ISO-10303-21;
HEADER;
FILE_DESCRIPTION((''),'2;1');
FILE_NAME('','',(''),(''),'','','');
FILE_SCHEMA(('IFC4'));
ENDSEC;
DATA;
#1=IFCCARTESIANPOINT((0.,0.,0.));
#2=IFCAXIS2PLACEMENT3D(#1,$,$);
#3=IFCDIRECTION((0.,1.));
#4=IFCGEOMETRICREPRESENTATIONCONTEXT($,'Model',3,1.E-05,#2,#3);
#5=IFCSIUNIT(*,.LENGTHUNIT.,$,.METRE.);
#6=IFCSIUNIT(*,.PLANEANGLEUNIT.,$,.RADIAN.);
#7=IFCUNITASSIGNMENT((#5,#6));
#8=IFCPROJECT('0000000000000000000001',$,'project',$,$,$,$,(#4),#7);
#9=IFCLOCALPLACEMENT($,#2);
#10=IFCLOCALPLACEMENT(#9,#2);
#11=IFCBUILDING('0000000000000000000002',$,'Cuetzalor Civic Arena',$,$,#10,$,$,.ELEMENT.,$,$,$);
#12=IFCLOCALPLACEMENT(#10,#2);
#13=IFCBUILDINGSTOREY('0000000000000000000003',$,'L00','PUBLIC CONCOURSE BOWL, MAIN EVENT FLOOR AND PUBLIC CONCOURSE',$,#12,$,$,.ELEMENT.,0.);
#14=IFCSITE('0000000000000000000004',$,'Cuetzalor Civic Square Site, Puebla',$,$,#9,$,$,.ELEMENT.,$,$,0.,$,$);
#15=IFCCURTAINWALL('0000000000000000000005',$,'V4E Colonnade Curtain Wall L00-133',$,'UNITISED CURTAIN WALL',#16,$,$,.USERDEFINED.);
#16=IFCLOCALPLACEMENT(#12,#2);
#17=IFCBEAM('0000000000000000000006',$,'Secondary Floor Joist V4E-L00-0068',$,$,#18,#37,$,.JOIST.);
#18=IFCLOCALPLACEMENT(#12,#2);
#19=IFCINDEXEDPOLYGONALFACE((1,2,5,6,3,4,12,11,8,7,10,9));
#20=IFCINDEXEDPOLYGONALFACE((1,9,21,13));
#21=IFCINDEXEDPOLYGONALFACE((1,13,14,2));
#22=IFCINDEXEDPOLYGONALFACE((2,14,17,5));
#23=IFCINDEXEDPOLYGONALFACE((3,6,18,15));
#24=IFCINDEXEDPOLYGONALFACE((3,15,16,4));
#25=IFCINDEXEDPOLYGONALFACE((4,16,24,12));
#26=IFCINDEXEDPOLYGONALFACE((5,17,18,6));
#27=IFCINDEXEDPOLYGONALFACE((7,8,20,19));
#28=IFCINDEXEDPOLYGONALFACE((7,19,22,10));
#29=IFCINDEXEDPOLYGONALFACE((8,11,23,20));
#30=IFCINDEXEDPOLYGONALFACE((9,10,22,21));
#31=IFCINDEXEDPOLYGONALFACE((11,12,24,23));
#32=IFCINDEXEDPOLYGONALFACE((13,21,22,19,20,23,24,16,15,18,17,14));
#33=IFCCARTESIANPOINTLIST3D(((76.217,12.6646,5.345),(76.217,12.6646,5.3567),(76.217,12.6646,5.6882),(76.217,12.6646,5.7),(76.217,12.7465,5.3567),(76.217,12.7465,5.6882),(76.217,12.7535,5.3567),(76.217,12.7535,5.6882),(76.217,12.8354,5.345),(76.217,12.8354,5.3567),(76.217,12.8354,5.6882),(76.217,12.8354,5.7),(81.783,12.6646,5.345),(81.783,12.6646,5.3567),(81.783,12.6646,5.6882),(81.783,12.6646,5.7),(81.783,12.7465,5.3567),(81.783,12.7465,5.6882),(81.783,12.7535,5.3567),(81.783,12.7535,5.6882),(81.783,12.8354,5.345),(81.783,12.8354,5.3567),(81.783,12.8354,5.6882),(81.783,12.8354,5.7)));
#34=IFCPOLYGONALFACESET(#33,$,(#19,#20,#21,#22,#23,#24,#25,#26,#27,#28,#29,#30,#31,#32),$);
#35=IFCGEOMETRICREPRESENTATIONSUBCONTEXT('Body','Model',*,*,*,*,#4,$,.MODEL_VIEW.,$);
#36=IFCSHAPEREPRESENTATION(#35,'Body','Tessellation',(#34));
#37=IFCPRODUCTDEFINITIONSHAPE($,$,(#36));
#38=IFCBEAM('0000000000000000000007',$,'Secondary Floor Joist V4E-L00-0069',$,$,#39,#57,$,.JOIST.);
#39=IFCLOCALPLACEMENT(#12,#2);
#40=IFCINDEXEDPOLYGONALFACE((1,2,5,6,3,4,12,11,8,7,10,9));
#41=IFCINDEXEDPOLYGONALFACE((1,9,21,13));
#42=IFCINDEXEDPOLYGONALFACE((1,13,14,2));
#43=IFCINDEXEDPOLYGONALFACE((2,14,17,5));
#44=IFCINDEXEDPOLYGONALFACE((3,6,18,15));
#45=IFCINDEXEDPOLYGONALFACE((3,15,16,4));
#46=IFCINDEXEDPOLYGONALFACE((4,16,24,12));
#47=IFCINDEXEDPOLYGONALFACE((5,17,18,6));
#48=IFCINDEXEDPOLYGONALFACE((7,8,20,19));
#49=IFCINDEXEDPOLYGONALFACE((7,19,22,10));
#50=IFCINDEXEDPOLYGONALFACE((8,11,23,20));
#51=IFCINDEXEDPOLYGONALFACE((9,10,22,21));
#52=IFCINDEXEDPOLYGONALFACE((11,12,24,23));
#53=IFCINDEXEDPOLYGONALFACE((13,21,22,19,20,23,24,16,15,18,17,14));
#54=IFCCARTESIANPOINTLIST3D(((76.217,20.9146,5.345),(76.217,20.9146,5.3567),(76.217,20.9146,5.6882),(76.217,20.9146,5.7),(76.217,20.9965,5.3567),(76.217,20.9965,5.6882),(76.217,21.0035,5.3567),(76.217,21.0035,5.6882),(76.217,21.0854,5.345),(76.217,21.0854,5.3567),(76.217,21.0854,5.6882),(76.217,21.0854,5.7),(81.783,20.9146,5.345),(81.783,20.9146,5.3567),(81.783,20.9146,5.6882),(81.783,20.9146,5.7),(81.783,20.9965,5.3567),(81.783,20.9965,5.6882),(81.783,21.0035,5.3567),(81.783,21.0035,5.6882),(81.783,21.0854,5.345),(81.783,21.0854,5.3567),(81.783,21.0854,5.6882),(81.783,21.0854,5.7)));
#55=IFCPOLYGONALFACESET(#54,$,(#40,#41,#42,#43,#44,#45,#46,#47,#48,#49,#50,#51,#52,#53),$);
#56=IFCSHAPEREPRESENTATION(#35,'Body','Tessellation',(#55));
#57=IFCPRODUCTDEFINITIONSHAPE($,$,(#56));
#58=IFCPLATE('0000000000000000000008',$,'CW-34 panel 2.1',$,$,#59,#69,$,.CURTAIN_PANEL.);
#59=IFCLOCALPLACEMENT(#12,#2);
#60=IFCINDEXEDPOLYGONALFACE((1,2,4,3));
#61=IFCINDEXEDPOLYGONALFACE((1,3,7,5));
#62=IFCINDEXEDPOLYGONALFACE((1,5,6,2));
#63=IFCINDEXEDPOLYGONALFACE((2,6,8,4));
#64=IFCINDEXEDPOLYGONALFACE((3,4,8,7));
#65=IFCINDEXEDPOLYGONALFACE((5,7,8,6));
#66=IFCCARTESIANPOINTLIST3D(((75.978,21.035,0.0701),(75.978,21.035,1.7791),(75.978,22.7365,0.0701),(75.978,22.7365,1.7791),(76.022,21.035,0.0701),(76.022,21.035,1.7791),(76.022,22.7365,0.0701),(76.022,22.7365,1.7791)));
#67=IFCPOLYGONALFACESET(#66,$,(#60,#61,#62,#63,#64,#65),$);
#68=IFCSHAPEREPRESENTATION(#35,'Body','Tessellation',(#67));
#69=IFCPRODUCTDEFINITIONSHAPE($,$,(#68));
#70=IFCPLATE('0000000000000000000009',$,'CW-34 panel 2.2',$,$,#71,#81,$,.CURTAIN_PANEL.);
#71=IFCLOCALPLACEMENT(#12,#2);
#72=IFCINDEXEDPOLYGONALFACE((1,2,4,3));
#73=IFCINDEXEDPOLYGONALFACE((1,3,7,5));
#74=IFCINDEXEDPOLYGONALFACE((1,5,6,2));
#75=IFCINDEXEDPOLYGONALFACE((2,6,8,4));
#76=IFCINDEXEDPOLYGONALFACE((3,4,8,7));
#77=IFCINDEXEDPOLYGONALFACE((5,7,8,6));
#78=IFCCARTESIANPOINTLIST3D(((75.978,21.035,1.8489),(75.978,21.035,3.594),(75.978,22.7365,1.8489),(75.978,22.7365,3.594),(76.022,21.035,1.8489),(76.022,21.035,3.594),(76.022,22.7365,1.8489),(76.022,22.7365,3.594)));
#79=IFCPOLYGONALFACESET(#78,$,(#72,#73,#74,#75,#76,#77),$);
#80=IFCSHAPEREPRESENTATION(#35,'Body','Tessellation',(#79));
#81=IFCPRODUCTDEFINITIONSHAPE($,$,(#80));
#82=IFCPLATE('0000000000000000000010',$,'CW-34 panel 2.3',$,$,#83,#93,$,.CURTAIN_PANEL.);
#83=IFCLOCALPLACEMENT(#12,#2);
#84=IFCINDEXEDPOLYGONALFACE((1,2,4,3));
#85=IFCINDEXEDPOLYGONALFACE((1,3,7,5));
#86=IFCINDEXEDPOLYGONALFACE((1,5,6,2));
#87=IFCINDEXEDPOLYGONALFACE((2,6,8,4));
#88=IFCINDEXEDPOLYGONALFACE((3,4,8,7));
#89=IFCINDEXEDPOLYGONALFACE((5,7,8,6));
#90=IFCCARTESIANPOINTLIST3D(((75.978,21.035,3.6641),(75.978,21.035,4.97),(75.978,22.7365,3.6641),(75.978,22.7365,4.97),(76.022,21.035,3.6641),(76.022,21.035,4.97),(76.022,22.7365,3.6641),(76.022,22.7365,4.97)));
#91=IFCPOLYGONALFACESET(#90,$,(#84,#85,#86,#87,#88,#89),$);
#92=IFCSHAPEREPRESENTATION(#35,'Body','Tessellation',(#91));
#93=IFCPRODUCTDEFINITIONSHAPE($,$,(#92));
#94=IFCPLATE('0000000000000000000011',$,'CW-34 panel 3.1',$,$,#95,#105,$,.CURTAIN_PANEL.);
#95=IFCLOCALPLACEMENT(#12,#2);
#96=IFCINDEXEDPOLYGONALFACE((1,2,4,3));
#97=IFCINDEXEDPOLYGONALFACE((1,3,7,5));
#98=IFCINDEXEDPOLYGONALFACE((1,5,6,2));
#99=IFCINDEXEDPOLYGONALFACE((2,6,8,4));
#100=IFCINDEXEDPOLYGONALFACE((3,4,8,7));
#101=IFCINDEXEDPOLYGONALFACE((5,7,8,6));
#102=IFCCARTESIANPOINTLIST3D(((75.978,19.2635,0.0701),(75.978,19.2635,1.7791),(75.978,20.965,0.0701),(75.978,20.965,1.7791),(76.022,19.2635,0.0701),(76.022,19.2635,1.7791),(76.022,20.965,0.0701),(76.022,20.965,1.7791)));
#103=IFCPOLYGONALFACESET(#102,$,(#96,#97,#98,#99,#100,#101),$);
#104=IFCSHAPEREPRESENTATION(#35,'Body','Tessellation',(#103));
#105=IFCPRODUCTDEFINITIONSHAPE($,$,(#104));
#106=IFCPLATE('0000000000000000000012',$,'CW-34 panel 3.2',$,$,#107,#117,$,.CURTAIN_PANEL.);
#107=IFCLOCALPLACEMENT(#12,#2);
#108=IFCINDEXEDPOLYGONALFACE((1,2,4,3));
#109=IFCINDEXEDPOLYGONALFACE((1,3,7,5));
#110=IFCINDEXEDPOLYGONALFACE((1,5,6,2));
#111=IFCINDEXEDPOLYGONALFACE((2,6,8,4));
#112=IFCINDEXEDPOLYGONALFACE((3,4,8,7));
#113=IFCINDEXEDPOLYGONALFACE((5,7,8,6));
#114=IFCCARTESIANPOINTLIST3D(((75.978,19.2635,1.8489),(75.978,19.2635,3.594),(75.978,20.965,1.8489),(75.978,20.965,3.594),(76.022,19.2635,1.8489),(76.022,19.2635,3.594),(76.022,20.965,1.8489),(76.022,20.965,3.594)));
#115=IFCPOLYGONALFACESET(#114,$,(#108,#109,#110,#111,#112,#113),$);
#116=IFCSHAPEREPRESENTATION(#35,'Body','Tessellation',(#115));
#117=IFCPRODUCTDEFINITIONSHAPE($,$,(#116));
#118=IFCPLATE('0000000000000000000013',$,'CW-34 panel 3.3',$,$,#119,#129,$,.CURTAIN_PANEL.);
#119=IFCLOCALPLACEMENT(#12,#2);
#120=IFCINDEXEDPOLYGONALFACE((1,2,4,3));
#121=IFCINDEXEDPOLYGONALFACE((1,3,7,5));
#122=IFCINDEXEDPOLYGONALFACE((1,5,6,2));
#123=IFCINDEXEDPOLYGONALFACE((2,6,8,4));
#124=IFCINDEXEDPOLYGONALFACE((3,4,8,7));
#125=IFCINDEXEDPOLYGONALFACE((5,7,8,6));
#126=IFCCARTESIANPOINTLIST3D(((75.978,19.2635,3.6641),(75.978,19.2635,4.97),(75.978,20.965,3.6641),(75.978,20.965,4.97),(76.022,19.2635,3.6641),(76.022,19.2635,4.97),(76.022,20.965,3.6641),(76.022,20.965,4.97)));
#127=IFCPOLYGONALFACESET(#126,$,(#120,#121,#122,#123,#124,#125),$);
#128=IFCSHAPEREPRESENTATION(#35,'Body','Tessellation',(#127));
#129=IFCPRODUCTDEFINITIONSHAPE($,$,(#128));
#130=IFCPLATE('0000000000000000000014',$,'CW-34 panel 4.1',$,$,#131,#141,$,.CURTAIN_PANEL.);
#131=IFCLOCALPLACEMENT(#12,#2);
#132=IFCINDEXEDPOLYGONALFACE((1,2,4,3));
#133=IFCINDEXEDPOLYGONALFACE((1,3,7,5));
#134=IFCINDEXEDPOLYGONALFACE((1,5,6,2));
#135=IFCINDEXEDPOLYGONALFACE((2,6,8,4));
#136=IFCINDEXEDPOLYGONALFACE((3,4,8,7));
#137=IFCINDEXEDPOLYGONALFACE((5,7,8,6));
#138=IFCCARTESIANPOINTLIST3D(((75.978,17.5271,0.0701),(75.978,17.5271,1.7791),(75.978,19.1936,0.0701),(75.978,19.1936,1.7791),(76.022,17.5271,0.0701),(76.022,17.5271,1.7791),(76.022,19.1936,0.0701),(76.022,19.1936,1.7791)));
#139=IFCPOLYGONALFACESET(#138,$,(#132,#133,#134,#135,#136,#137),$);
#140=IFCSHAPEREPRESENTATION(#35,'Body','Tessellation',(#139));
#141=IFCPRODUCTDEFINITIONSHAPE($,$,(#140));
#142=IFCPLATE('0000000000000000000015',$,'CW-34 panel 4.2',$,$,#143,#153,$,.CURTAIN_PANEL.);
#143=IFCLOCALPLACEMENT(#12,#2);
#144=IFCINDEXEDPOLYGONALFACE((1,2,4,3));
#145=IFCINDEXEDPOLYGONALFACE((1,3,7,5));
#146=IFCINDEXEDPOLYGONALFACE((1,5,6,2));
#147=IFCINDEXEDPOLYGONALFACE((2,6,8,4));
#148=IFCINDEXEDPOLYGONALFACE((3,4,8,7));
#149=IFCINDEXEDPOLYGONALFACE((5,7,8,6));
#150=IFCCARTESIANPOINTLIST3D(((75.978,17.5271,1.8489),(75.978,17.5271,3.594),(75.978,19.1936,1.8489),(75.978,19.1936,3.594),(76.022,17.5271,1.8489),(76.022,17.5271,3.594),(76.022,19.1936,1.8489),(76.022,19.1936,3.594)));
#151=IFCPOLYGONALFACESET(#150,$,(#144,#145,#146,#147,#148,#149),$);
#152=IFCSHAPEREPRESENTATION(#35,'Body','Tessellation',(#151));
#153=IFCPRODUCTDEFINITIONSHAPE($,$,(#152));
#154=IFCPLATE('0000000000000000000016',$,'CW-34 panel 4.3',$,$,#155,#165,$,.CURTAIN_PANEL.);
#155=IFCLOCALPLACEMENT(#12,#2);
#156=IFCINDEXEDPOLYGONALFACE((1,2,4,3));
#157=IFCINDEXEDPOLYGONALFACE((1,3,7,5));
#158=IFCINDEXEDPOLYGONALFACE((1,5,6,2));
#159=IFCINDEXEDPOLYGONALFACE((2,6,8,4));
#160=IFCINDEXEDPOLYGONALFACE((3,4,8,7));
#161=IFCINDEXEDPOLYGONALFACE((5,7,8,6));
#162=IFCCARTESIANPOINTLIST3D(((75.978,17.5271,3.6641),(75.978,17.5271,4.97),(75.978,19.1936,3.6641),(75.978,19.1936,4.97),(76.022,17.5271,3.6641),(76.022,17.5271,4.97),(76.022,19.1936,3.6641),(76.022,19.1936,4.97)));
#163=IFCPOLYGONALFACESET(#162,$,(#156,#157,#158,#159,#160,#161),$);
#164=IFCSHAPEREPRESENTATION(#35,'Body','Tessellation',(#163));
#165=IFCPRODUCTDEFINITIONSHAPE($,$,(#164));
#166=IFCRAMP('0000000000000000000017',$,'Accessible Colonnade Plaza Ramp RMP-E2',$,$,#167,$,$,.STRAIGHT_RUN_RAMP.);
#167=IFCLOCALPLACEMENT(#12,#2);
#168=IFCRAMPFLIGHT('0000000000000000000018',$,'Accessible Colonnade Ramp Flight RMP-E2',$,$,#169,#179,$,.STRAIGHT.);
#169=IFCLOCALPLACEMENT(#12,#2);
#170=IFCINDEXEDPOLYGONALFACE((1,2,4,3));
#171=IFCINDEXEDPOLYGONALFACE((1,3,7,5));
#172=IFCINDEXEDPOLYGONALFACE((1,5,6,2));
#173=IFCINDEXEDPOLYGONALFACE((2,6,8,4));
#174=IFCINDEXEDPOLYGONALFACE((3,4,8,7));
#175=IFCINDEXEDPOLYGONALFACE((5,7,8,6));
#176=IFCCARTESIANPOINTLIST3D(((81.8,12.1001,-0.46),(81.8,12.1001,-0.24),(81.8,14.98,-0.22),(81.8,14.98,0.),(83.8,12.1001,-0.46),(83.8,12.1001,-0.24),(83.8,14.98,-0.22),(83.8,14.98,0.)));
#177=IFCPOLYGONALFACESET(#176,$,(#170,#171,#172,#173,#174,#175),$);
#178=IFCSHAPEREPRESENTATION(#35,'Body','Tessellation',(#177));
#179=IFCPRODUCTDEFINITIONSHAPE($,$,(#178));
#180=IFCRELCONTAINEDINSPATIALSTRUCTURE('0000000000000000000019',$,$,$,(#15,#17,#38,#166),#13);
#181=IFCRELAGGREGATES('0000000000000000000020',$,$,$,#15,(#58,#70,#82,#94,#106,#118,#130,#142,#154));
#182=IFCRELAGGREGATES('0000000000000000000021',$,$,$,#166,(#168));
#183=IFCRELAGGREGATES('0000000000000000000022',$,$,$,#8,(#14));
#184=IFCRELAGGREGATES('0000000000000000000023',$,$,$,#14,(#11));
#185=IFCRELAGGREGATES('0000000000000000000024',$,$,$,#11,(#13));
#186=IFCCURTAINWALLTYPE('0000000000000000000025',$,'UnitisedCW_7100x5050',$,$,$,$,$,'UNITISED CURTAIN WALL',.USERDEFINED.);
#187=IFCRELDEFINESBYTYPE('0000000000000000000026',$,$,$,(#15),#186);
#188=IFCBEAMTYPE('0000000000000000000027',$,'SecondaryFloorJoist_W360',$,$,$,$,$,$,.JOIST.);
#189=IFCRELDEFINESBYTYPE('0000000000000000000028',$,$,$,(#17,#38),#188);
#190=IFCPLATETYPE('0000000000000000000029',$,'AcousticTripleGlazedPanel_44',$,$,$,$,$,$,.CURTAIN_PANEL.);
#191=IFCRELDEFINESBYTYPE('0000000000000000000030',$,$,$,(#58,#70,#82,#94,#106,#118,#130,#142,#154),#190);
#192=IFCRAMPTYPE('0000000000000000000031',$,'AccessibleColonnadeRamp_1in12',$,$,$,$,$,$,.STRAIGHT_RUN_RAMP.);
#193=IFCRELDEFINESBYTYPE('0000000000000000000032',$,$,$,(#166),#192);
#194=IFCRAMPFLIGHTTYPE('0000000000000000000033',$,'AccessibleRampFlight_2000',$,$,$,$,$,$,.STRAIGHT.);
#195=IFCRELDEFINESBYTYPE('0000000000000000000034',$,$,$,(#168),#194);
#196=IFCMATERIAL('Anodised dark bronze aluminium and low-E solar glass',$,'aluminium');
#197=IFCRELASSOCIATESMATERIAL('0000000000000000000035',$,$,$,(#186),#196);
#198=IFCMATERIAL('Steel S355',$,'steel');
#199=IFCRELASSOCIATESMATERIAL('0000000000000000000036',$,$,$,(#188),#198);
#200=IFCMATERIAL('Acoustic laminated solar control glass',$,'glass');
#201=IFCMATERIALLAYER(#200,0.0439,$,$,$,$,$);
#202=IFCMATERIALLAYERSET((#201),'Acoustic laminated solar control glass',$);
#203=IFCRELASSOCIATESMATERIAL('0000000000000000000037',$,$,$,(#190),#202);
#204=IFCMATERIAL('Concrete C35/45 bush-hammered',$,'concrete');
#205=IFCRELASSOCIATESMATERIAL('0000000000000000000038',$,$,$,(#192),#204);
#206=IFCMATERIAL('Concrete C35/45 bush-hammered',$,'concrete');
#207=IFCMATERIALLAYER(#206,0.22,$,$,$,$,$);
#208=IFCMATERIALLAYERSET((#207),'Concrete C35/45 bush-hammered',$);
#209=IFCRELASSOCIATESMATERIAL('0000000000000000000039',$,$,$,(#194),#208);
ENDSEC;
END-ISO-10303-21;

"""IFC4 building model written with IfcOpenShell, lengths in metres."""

from ifc_helpers import new_model, si_unit, direction, frame, origin, origin_2d, place, context, subcontext, project, spatial, polyline, rectangle, i_section, outline, extrude, material, layer, layer_set, material_profile, profile_set, type_object, element, aggregate, save


model = new_model("IFC4")

# Units and contexts
model_context = context("Model", 3, precision=1e-05, world=origin(), true_north=direction((0.0, 1.0)))
body_context = subcontext(model_context, "Body", "Model", "MODEL_VIEW")
ifc_project = project(units=[si_unit("LENGTHUNIT", "METRE"), si_unit("PLANEANGLEUNIT", "RADIAN")], contexts=[model_context])

# Site, building, storey
site_placement = place(None, origin())
site = spatial("IfcSite", under=ifc_project, at=site_placement, Name="Cuetzalor Civic Square Site, Puebla", CompositionType="ELEMENT", RefElevation=0.0)
building_placement = place(site_placement, origin())
building = spatial("IfcBuilding", under=site, at=building_placement, Name="Cuetzalor Civic Arena", CompositionType="ELEMENT")
storey_placement = place(building_placement, origin())
storey = spatial("IfcBuildingStorey", under=building, at=storey_placement, Name="L00", Description="PUBLIC CONCOURSE BOWL, MAIN EVENT FLOOR AND PUBLIC CONCOURSE", CompositionType="ELEMENT", Elevation=0.0)

# Curtain wall
ifc_material_1 = material(Name="Anodised dark bronze aluminium and low-E solar glass", Category="aluminium")
curtain_wall_type = type_object("IfcCurtainWallType", Name="UnitisedCW_7100x5050", ElementType="UNITISED CURTAIN WALL", PredefinedType="USERDEFINED", material=ifc_material_1)
curtain_wall_placement = place(storey_placement, origin())
curtain_wall = element("IfcCurtainWall", 1, at=curtain_wall_placement, inside=storey, type_object=curtain_wall_type, Name="V4E Colonnade Curtain Wall L00-133", ObjectType="UNITISED CURTAIN WALL", PredefinedType="USERDEFINED")

# Beams
ifc_material_2 = material(Name="Steel S355", Category="steel")
ifc_material_profile_1 = material_profile(ifc_material_2, i_section(OverallWidth=0.1709, OverallDepth=0.355, WebThickness=0.0071, FlangeThickness=0.0117, at=origin_2d()), Name="W360x51")
ifc_profile_set_1 = profile_set([ifc_material_profile_1], Name="Steel S355")
beam_type_1 = type_object("IfcBeamType", Name="SecondaryFloorJoist_W360", PredefinedType="JOIST", material=ifc_profile_set_1)
for number, where, z_axis, x_axis, name in (
    (2, (76.217, 12.75, 5.5225), (1.0, 0.0, 0.0), (0.0, 1.0, 0.0), "Secondary Floor Joist V4E-L00-0068"),
    (3, (76.217, 21.0, 5.5225), (1.0, 0.0, 0.0), (0.0, 1.0, 0.0), "Secondary Floor Joist V4E-L00-0069"),
):
    element("IfcBeam", number, at=place(storey_placement, frame(where, z_axis=z_axis, x_axis=x_axis)), inside=storey, type_object=beam_type_1, Name=name, PredefinedType="JOIST", context=body_context, shape_type="SweptSolid", body=[
        extrude(i_section(OverallWidth=0.1709, OverallDepth=0.355, WebThickness=0.0071, FlangeThickness=0.0117, at=origin_2d()), origin(), (0.0, 0.0, 1.0), 5.5659),
    ])

# Plates
ifc_material_3 = material(Name="Acoustic laminated solar control glass", Category="glass")
ifc_layer_1 = layer(ifc_material_3, 0.0439)
ifc_layer_set_1 = layer_set([ifc_layer_1], Name="Acoustic laminated solar control glass")
plate_type = type_object("IfcPlateType", Name="AcousticTripleGlazedPanel_44", PredefinedType="CURTAIN_PANEL", material=ifc_layer_set_1)
plate_1_placement = place(storey_placement, frame((76.0, 21.8857, 0.0701), z_axis=(0.0, 0.0, 1.0), x_axis=(0.0, -1.0, 0.0)))
plate_1 = element("IfcPlate", 4, at=plate_1_placement, type_object=plate_type, Name="CW-34 panel 2.1", PredefinedType="CURTAIN_PANEL", context=body_context, shape_type="SweptSolid", body=[
    extrude(rectangle(XDim=1.7014, YDim=0.0439, at=origin_2d()), origin(), (0.0, 0.0, 1.0), 1.709),
])
plate_2_placement = place(storey_placement, frame((76.0, 21.8857, 1.8489), z_axis=(0.0, 0.0, 1.0), x_axis=(0.0, -1.0, 0.0)))
plate_2 = element("IfcPlate", 5, at=plate_2_placement, type_object=plate_type, Name="CW-34 panel 2.2", PredefinedType="CURTAIN_PANEL", context=body_context, shape_type="SweptSolid", body=[
    extrude(rectangle(XDim=1.7014, YDim=0.0439, at=origin_2d()), origin(), (0.0, 0.0, 1.0), 1.7451),
])
plate_3_placement = place(storey_placement, frame((76.0, 21.8857, 3.6641), z_axis=(0.0, 0.0, 1.0), x_axis=(0.0, -1.0, 0.0)))
plate_3 = element("IfcPlate", 6, at=plate_3_placement, type_object=plate_type, Name="CW-34 panel 2.3", PredefinedType="CURTAIN_PANEL", context=body_context, shape_type="SweptSolid", body=[
    extrude(rectangle(XDim=1.7014, YDim=0.0439, at=origin_2d()), origin(), (0.0, 0.0, 1.0), 1.3059),
])
plate_4_placement = place(storey_placement, frame((76.0, 20.1143, 0.0701), z_axis=(0.0, 0.0, 1.0), x_axis=(0.0, -1.0, 0.0)))
plate_4 = element("IfcPlate", 7, at=plate_4_placement, type_object=plate_type, Name="CW-34 panel 3.1", PredefinedType="CURTAIN_PANEL", context=body_context, shape_type="SweptSolid", body=[
    extrude(rectangle(XDim=1.7014, YDim=0.0439, at=origin_2d()), origin(), (0.0, 0.0, 1.0), 1.709),
])
plate_5_placement = place(storey_placement, frame((76.0, 20.1143, 1.8489), z_axis=(0.0, 0.0, 1.0), x_axis=(0.0, -1.0, 0.0)))
plate_5 = element("IfcPlate", 8, at=plate_5_placement, type_object=plate_type, Name="CW-34 panel 3.2", PredefinedType="CURTAIN_PANEL", context=body_context, shape_type="SweptSolid", body=[
    extrude(rectangle(XDim=1.7014, YDim=0.0439, at=origin_2d()), origin(), (0.0, 0.0, 1.0), 1.7451),
])
plate_6_placement = place(storey_placement, frame((76.0, 20.1143, 3.6641), z_axis=(0.0, 0.0, 1.0), x_axis=(0.0, -1.0, 0.0)))
plate_6 = element("IfcPlate", 9, at=plate_6_placement, type_object=plate_type, Name="CW-34 panel 3.3", PredefinedType="CURTAIN_PANEL", context=body_context, shape_type="SweptSolid", body=[
    extrude(rectangle(XDim=1.7014, YDim=0.0439, at=origin_2d()), origin(), (0.0, 0.0, 1.0), 1.3059),
])
plate_7_placement = place(storey_placement, frame((76.0, 18.3604, 0.0701), z_axis=(0.0, 0.0, 1.0), x_axis=(0.0, -1.0, 0.0)))
plate_7 = element("IfcPlate", 10, at=plate_7_placement, type_object=plate_type, Name="CW-34 panel 4.1", PredefinedType="CURTAIN_PANEL", context=body_context, shape_type="SweptSolid", body=[
    extrude(rectangle(XDim=1.6665, YDim=0.0439, at=origin_2d()), origin(), (0.0, 0.0, 1.0), 1.709),
])
plate_8_placement = place(storey_placement, frame((76.0, 18.3604, 1.8489), z_axis=(0.0, 0.0, 1.0), x_axis=(0.0, -1.0, 0.0)))
plate_8 = element("IfcPlate", 11, at=plate_8_placement, type_object=plate_type, Name="CW-34 panel 4.2", PredefinedType="CURTAIN_PANEL", context=body_context, shape_type="SweptSolid", body=[
    extrude(rectangle(XDim=1.6665, YDim=0.0439, at=origin_2d()), origin(), (0.0, 0.0, 1.0), 1.7451),
])
plate_9_placement = place(storey_placement, frame((76.0, 18.3604, 3.6641), z_axis=(0.0, 0.0, 1.0), x_axis=(0.0, -1.0, 0.0)))
plate_9 = element("IfcPlate", 12, at=plate_9_placement, type_object=plate_type, Name="CW-34 panel 4.3", PredefinedType="CURTAIN_PANEL", context=body_context, shape_type="SweptSolid", body=[
    extrude(rectangle(XDim=1.6665, YDim=0.0439, at=origin_2d()), origin(), (0.0, 0.0, 1.0), 1.3059),
])
aggregate(curtain_wall, [plate_1, plate_2, plate_3, plate_4, plate_5, plate_6, plate_7, plate_8, plate_9])

# Ramp, ramp flight
ifc_material_4 = material(Name="Concrete C35/45 bush-hammered", Category="concrete")
ramp_type = type_object("IfcRampType", Name="AccessibleColonnadeRamp_1in12", PredefinedType="STRAIGHT_RUN_RAMP", material=ifc_material_4)
ramp_placement = place(storey_placement, origin())
ramp = element("IfcRamp", 13, at=ramp_placement, inside=storey, type_object=ramp_type, Name="Accessible Colonnade Plaza Ramp RMP-E2", PredefinedType="STRAIGHT_RUN_RAMP")
ifc_material_5 = material(Name="Concrete C35/45 bush-hammered", Category="concrete")
ifc_layer_2 = layer(ifc_material_5, 0.22)
ifc_layer_set_2 = layer_set([ifc_layer_2], Name="Concrete C35/45 bush-hammered")
ramp_flight_type = type_object("IfcRampFlightType", Name="AccessibleRampFlight_2000", PredefinedType="STRAIGHT", material=ifc_layer_set_2)
ramp_flight_placement = place(storey_placement, frame((82.8, 12.1001, -0.24), z_axis=(0.0, 0.0, 1.0), x_axis=(0.0, 1.0, 0.0)))
ramp_flight = element("IfcRampFlight", 14, at=ramp_flight_placement, type_object=ramp_flight_type, Name="Accessible Colonnade Ramp Flight RMP-E2", PredefinedType="STRAIGHT", context=body_context, shape_type="SweptSolid", body=[
    extrude(outline(polyline([(0.0, 0.0), (2.8799, 0.24), (2.8799, 0.02), (0.0, -0.22), (0.0, 0.0)])), frame((0.0, 1.0, 0.0), z_axis=(0.0, -1.0, 0.0), x_axis=(1.0, 0.0, 0.0)), (0.0, 0.0, 1.0), 2.0),
])
aggregate(ramp, [ramp_flight])

save(model, "model.ifc")
